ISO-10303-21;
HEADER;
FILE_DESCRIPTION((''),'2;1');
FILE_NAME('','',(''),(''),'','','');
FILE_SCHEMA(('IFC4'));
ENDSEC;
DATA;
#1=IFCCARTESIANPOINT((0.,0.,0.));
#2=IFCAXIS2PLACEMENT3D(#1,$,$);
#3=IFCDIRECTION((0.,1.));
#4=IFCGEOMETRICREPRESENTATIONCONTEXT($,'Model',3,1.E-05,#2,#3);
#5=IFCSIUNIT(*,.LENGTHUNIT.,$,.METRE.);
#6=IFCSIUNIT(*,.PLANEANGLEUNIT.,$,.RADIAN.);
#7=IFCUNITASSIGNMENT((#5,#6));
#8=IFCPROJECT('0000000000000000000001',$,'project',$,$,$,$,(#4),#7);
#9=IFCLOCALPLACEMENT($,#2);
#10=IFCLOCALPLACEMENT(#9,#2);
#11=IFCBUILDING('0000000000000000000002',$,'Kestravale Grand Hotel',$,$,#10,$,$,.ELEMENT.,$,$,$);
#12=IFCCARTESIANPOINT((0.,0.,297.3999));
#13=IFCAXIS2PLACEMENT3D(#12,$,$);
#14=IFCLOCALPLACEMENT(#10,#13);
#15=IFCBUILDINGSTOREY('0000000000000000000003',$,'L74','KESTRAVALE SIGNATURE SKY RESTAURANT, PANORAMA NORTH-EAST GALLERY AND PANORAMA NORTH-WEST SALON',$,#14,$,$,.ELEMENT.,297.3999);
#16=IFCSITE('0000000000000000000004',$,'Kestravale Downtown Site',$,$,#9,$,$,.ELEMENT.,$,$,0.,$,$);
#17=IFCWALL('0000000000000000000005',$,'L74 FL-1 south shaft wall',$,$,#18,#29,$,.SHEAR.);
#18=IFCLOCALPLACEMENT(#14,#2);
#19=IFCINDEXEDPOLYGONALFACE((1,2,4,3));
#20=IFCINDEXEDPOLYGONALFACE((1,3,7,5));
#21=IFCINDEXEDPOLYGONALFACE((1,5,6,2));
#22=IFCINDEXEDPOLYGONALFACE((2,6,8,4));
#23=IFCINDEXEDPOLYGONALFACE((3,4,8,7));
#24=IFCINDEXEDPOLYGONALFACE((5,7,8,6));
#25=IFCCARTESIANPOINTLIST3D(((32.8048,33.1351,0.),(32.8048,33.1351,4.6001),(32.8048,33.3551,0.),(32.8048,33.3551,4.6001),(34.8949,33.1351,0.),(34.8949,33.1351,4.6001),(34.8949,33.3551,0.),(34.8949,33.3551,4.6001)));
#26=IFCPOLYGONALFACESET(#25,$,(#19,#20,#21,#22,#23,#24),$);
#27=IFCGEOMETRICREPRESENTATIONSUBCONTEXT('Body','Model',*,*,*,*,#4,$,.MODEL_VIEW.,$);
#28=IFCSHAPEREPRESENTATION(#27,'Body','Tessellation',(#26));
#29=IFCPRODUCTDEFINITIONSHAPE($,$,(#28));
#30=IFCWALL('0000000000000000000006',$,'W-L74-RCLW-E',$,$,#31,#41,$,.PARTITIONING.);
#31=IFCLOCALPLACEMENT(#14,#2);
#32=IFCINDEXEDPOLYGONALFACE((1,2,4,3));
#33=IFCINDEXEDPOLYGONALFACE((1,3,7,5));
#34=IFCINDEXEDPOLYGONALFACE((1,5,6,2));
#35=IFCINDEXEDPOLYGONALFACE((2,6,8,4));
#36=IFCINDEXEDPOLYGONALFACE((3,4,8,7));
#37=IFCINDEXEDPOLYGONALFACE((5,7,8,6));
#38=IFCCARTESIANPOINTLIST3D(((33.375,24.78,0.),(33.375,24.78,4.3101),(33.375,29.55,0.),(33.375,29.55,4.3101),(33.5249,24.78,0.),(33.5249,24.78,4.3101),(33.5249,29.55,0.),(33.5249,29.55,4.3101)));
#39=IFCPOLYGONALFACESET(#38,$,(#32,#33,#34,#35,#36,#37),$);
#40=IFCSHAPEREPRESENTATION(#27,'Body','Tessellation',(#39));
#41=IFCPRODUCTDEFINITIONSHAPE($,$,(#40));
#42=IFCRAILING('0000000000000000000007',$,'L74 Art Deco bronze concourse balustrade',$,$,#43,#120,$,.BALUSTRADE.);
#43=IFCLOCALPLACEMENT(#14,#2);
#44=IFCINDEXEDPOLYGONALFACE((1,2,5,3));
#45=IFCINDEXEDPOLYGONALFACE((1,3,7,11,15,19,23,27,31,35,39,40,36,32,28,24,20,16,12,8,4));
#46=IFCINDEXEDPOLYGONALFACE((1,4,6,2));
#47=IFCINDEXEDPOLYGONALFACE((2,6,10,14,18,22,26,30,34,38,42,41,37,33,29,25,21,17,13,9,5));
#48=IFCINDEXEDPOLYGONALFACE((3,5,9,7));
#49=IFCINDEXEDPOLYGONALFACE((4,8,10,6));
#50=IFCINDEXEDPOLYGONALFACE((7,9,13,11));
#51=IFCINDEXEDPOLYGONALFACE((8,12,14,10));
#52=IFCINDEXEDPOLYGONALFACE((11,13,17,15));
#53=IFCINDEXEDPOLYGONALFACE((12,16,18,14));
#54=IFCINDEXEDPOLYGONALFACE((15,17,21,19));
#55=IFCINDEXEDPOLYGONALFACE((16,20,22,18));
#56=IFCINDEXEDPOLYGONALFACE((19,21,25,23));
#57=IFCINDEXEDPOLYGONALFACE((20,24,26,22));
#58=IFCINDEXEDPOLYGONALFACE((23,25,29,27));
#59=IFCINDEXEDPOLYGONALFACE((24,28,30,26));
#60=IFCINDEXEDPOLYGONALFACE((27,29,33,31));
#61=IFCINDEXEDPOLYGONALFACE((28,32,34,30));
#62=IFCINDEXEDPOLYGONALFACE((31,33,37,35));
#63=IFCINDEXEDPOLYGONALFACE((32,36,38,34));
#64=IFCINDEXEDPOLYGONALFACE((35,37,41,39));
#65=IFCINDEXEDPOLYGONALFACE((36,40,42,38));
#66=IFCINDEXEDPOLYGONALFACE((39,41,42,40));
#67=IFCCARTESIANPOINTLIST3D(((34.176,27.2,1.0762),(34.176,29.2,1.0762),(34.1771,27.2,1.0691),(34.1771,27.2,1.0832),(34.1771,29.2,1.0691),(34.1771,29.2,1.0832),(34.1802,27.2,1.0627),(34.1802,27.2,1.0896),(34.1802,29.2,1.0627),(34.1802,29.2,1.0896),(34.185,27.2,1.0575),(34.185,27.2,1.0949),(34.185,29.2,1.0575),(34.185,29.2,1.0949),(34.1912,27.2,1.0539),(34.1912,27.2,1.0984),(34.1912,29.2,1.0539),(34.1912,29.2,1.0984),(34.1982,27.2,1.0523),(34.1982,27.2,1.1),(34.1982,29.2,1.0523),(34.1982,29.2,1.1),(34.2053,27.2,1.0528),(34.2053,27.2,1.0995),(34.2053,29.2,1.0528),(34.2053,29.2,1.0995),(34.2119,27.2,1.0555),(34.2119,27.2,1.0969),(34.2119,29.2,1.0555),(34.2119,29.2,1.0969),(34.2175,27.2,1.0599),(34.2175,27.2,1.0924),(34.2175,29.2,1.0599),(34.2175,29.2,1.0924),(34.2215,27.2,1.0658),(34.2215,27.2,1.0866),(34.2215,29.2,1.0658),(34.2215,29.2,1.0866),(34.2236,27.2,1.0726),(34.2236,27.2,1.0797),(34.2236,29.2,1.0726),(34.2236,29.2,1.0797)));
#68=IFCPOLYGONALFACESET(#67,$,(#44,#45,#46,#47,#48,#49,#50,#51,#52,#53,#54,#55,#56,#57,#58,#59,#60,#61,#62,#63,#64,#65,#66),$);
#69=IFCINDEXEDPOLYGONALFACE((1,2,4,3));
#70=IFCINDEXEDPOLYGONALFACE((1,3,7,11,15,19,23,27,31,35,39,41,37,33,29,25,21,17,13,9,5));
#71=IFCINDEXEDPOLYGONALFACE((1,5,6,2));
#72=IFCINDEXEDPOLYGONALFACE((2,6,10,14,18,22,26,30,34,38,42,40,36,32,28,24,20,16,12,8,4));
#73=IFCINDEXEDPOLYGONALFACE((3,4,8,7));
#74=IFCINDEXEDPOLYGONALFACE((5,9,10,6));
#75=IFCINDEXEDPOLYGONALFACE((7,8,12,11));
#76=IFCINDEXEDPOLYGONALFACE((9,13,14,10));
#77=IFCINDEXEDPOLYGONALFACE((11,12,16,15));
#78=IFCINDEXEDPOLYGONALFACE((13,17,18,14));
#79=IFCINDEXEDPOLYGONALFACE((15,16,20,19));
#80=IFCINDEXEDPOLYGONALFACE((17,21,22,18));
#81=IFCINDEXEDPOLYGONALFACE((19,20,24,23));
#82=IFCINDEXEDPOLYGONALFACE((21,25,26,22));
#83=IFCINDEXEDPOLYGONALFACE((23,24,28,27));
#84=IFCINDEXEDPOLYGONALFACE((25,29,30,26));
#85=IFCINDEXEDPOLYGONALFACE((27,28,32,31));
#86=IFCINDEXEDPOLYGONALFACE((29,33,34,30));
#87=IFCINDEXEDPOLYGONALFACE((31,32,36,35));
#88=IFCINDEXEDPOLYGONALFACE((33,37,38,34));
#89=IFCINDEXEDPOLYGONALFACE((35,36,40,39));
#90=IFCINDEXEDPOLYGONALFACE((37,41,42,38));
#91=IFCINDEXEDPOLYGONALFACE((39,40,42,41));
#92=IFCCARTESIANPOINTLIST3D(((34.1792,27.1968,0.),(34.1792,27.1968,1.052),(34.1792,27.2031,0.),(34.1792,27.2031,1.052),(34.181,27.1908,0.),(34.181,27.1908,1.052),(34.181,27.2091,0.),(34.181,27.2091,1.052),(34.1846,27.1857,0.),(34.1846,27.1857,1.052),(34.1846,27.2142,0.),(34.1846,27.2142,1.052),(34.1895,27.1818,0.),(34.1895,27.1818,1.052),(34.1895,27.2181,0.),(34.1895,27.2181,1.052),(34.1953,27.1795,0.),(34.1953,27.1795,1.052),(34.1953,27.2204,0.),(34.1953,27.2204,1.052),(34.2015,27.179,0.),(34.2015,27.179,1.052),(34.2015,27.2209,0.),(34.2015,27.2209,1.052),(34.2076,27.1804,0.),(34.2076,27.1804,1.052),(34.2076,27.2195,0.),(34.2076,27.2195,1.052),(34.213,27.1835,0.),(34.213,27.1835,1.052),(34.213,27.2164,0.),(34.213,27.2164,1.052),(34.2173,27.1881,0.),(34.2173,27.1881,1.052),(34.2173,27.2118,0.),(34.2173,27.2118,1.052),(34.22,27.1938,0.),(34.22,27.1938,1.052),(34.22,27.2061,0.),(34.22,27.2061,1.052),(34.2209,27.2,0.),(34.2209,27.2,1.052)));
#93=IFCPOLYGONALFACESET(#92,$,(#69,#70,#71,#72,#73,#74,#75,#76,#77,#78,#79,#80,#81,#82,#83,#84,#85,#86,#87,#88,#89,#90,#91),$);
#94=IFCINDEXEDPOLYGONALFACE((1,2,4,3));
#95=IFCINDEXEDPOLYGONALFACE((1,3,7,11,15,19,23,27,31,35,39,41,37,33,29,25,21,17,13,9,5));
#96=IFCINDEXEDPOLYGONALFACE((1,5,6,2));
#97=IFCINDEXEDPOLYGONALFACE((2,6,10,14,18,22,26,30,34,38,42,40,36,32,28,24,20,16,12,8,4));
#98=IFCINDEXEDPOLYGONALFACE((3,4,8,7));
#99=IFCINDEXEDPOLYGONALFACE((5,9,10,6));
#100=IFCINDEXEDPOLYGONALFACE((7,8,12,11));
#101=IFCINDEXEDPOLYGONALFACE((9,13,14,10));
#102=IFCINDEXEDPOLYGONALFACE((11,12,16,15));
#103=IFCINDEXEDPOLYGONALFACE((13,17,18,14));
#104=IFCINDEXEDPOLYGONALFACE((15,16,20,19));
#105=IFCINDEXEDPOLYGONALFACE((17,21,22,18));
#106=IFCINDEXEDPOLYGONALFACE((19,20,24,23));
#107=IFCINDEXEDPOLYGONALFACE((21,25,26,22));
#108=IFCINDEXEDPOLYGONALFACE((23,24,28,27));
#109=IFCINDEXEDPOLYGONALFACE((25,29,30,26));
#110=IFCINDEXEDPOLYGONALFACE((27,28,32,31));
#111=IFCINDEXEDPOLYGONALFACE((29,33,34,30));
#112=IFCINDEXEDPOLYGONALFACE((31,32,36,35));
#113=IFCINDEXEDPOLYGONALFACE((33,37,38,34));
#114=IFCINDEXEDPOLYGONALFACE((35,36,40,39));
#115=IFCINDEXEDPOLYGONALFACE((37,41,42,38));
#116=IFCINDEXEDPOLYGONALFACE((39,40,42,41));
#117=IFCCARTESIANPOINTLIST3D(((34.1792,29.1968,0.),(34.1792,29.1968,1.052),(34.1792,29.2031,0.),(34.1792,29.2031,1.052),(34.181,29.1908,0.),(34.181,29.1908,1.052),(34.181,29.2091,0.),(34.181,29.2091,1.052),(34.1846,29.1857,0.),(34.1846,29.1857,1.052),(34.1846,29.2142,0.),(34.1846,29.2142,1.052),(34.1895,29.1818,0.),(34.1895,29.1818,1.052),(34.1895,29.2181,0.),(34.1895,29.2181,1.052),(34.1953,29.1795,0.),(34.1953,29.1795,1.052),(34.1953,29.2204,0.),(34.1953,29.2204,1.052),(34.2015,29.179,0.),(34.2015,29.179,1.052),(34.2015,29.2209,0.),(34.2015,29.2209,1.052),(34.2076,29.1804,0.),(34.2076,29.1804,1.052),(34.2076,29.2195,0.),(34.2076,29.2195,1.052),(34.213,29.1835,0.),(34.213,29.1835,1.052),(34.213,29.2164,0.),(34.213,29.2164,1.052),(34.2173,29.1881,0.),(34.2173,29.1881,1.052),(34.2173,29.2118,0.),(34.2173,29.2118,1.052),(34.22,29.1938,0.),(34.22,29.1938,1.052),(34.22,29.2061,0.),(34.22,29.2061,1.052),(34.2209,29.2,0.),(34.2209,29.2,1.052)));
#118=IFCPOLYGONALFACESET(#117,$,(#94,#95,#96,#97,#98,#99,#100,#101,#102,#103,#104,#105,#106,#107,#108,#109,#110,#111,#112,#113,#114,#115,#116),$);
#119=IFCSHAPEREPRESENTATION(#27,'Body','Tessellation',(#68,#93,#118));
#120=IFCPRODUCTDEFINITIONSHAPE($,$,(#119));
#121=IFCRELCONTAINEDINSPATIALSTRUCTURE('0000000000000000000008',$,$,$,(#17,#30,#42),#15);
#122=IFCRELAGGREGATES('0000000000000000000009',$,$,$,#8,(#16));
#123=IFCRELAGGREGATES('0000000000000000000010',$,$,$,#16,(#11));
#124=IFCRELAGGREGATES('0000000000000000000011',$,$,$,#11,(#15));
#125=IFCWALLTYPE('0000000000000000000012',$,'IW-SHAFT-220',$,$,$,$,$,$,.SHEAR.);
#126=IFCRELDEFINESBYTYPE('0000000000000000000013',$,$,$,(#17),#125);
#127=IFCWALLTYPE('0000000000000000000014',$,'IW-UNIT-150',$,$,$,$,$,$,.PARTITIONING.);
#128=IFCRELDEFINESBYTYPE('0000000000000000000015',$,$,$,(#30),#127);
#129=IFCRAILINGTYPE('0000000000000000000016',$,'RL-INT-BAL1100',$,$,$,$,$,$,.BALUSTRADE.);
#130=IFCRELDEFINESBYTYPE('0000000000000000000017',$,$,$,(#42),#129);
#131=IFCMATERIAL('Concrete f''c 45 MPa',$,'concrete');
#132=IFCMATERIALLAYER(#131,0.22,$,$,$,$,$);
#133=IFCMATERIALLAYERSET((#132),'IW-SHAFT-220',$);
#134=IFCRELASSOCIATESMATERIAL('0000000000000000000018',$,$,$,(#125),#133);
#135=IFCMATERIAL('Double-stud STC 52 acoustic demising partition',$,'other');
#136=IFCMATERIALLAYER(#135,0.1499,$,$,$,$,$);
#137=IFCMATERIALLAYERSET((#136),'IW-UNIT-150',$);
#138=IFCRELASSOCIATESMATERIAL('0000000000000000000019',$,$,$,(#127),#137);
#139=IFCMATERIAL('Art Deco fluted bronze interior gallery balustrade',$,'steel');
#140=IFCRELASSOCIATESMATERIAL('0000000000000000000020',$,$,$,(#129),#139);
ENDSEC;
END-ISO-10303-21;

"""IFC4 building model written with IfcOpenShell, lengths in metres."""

from ifc_helpers import new_model, si_unit, direction, frame, frame_2d, origin, origin_2d, place, context, subcontext, project, spatial, rectangle, circle, extrude, material, layer, layer_set, type_object, element, save


model = new_model("IFC4")

# Units and contexts
model_context = context("Model", 3, precision=1e-05, world=origin(), true_north=direction((0.0, 1.0)))
body_context = subcontext(model_context, "Body", "Model", "MODEL_VIEW")
ifc_project = project(units=[si_unit("LENGTHUNIT", "METRE"), si_unit("PLANEANGLEUNIT", "RADIAN")], contexts=[model_context])

# Site, building, storey
site_placement = place(None, origin())
site = spatial("IfcSite", under=ifc_project, at=site_placement, Name="Kestravale Downtown Site", CompositionType="ELEMENT", RefElevation=0.0)
building_placement = place(site_placement, origin())
building = spatial("IfcBuilding", under=site, at=building_placement, Name="Kestravale Grand Hotel", CompositionType="ELEMENT")
storey_placement = place(building_placement, frame((0.0, 0.0, 297.3999)))
storey = spatial("IfcBuildingStorey", under=building, at=storey_placement, Name="L74", Description="KESTRAVALE SIGNATURE SKY RESTAURANT, PANORAMA NORTH-EAST GALLERY AND PANORAMA NORTH-WEST SALON", CompositionType="ELEMENT", Elevation=297.3999)

# Shared definitions
ifc_material_1 = material(Name="Concrete f'c 45 MPa", Category="concrete")
ifc_layer_1 = layer(ifc_material_1, 0.22)
ifc_layer_set_1 = layer_set([ifc_layer_1], Name="IW-SHAFT-220")
wall_type_1 = type_object("IfcWallType", Name="IW-SHAFT-220", PredefinedType="SHEAR", material=ifc_layer_set_1)

# Walls
wall_1_placement = place(storey_placement, frame((32.8049, 33.2451, 0.0), z_axis=(0.0, 0.0, 1.0), x_axis=(1.0, 0.0, 0.0)))
element("IfcWall", 1, at=wall_1_placement, inside=storey, type_object=wall_type_1, Name="L74 FL-1 south shaft wall", PredefinedType="SHEAR", context=body_context, shape_type="SweptSolid", body=[
    extrude(rectangle(XDim=2.0901, YDim=0.22, at=frame_2d((1.0449, 0.0))), origin(), (0.0, 0.0, 1.0), 4.6001),
])
ifc_material_2 = material(Name="Double-stud STC 52 acoustic demising partition", Category="other")
ifc_layer_2 = layer(ifc_material_2, 0.1499)
ifc_layer_set_2 = layer_set([ifc_layer_2], Name="IW-UNIT-150")
wall_type_2 = type_object("IfcWallType", Name="IW-UNIT-150", PredefinedType="PARTITIONING", material=ifc_layer_set_2)
wall_2_placement = place(storey_placement, frame((33.45, 24.78, 0.0), z_axis=(0.0, 0.0, 1.0), x_axis=(0.0, 1.0, 0.0)))
element("IfcWall", 2, at=wall_2_placement, inside=storey, type_object=wall_type_2, Name="W-L74-RCLW-E", PredefinedType="PARTITIONING", context=body_context, shape_type="SweptSolid", body=[
    extrude(rectangle(XDim=4.77, YDim=0.1499, at=frame_2d((2.385, 0.0))), origin(), (0.0, 0.0, 1.0), 4.3101),
])

# Railing
ifc_material_3 = material(Name="Art Deco fluted bronze interior gallery balustrade", Category="steel")
railing_type = type_object("IfcRailingType", Name="RL-INT-BAL1100", PredefinedType="BALUSTRADE", material=ifc_material_3)
railing_placement = place(storey_placement, frame((34.2, 27.2, 0.0)))
element("IfcRailing", 3, at=railing_placement, inside=storey, type_object=railing_type, Name="L74 Art Deco bronze concourse balustrade", PredefinedType="BALUSTRADE", context=body_context, shape_type="SweptSolid", body=[
    extrude(circle(Radius=0.0239, at=origin_2d()), frame((0.0, 0.0, 1.0762), z_axis=(0.0, 1.0, 0.0), x_axis=(-1.0, 0.0, 0.0)), (0.0, 0.0, 1.0), 2.0),
    extrude(circle(Radius=0.021, at=origin_2d()), origin(), (0.0, 0.0, 1.0), 1.052),
    extrude(circle(Radius=0.021, at=origin_2d()), frame((0.0, 2.0, 0.0)), (0.0, 0.0, 1.0), 1.052),
])

save(model, "model.ifc")
